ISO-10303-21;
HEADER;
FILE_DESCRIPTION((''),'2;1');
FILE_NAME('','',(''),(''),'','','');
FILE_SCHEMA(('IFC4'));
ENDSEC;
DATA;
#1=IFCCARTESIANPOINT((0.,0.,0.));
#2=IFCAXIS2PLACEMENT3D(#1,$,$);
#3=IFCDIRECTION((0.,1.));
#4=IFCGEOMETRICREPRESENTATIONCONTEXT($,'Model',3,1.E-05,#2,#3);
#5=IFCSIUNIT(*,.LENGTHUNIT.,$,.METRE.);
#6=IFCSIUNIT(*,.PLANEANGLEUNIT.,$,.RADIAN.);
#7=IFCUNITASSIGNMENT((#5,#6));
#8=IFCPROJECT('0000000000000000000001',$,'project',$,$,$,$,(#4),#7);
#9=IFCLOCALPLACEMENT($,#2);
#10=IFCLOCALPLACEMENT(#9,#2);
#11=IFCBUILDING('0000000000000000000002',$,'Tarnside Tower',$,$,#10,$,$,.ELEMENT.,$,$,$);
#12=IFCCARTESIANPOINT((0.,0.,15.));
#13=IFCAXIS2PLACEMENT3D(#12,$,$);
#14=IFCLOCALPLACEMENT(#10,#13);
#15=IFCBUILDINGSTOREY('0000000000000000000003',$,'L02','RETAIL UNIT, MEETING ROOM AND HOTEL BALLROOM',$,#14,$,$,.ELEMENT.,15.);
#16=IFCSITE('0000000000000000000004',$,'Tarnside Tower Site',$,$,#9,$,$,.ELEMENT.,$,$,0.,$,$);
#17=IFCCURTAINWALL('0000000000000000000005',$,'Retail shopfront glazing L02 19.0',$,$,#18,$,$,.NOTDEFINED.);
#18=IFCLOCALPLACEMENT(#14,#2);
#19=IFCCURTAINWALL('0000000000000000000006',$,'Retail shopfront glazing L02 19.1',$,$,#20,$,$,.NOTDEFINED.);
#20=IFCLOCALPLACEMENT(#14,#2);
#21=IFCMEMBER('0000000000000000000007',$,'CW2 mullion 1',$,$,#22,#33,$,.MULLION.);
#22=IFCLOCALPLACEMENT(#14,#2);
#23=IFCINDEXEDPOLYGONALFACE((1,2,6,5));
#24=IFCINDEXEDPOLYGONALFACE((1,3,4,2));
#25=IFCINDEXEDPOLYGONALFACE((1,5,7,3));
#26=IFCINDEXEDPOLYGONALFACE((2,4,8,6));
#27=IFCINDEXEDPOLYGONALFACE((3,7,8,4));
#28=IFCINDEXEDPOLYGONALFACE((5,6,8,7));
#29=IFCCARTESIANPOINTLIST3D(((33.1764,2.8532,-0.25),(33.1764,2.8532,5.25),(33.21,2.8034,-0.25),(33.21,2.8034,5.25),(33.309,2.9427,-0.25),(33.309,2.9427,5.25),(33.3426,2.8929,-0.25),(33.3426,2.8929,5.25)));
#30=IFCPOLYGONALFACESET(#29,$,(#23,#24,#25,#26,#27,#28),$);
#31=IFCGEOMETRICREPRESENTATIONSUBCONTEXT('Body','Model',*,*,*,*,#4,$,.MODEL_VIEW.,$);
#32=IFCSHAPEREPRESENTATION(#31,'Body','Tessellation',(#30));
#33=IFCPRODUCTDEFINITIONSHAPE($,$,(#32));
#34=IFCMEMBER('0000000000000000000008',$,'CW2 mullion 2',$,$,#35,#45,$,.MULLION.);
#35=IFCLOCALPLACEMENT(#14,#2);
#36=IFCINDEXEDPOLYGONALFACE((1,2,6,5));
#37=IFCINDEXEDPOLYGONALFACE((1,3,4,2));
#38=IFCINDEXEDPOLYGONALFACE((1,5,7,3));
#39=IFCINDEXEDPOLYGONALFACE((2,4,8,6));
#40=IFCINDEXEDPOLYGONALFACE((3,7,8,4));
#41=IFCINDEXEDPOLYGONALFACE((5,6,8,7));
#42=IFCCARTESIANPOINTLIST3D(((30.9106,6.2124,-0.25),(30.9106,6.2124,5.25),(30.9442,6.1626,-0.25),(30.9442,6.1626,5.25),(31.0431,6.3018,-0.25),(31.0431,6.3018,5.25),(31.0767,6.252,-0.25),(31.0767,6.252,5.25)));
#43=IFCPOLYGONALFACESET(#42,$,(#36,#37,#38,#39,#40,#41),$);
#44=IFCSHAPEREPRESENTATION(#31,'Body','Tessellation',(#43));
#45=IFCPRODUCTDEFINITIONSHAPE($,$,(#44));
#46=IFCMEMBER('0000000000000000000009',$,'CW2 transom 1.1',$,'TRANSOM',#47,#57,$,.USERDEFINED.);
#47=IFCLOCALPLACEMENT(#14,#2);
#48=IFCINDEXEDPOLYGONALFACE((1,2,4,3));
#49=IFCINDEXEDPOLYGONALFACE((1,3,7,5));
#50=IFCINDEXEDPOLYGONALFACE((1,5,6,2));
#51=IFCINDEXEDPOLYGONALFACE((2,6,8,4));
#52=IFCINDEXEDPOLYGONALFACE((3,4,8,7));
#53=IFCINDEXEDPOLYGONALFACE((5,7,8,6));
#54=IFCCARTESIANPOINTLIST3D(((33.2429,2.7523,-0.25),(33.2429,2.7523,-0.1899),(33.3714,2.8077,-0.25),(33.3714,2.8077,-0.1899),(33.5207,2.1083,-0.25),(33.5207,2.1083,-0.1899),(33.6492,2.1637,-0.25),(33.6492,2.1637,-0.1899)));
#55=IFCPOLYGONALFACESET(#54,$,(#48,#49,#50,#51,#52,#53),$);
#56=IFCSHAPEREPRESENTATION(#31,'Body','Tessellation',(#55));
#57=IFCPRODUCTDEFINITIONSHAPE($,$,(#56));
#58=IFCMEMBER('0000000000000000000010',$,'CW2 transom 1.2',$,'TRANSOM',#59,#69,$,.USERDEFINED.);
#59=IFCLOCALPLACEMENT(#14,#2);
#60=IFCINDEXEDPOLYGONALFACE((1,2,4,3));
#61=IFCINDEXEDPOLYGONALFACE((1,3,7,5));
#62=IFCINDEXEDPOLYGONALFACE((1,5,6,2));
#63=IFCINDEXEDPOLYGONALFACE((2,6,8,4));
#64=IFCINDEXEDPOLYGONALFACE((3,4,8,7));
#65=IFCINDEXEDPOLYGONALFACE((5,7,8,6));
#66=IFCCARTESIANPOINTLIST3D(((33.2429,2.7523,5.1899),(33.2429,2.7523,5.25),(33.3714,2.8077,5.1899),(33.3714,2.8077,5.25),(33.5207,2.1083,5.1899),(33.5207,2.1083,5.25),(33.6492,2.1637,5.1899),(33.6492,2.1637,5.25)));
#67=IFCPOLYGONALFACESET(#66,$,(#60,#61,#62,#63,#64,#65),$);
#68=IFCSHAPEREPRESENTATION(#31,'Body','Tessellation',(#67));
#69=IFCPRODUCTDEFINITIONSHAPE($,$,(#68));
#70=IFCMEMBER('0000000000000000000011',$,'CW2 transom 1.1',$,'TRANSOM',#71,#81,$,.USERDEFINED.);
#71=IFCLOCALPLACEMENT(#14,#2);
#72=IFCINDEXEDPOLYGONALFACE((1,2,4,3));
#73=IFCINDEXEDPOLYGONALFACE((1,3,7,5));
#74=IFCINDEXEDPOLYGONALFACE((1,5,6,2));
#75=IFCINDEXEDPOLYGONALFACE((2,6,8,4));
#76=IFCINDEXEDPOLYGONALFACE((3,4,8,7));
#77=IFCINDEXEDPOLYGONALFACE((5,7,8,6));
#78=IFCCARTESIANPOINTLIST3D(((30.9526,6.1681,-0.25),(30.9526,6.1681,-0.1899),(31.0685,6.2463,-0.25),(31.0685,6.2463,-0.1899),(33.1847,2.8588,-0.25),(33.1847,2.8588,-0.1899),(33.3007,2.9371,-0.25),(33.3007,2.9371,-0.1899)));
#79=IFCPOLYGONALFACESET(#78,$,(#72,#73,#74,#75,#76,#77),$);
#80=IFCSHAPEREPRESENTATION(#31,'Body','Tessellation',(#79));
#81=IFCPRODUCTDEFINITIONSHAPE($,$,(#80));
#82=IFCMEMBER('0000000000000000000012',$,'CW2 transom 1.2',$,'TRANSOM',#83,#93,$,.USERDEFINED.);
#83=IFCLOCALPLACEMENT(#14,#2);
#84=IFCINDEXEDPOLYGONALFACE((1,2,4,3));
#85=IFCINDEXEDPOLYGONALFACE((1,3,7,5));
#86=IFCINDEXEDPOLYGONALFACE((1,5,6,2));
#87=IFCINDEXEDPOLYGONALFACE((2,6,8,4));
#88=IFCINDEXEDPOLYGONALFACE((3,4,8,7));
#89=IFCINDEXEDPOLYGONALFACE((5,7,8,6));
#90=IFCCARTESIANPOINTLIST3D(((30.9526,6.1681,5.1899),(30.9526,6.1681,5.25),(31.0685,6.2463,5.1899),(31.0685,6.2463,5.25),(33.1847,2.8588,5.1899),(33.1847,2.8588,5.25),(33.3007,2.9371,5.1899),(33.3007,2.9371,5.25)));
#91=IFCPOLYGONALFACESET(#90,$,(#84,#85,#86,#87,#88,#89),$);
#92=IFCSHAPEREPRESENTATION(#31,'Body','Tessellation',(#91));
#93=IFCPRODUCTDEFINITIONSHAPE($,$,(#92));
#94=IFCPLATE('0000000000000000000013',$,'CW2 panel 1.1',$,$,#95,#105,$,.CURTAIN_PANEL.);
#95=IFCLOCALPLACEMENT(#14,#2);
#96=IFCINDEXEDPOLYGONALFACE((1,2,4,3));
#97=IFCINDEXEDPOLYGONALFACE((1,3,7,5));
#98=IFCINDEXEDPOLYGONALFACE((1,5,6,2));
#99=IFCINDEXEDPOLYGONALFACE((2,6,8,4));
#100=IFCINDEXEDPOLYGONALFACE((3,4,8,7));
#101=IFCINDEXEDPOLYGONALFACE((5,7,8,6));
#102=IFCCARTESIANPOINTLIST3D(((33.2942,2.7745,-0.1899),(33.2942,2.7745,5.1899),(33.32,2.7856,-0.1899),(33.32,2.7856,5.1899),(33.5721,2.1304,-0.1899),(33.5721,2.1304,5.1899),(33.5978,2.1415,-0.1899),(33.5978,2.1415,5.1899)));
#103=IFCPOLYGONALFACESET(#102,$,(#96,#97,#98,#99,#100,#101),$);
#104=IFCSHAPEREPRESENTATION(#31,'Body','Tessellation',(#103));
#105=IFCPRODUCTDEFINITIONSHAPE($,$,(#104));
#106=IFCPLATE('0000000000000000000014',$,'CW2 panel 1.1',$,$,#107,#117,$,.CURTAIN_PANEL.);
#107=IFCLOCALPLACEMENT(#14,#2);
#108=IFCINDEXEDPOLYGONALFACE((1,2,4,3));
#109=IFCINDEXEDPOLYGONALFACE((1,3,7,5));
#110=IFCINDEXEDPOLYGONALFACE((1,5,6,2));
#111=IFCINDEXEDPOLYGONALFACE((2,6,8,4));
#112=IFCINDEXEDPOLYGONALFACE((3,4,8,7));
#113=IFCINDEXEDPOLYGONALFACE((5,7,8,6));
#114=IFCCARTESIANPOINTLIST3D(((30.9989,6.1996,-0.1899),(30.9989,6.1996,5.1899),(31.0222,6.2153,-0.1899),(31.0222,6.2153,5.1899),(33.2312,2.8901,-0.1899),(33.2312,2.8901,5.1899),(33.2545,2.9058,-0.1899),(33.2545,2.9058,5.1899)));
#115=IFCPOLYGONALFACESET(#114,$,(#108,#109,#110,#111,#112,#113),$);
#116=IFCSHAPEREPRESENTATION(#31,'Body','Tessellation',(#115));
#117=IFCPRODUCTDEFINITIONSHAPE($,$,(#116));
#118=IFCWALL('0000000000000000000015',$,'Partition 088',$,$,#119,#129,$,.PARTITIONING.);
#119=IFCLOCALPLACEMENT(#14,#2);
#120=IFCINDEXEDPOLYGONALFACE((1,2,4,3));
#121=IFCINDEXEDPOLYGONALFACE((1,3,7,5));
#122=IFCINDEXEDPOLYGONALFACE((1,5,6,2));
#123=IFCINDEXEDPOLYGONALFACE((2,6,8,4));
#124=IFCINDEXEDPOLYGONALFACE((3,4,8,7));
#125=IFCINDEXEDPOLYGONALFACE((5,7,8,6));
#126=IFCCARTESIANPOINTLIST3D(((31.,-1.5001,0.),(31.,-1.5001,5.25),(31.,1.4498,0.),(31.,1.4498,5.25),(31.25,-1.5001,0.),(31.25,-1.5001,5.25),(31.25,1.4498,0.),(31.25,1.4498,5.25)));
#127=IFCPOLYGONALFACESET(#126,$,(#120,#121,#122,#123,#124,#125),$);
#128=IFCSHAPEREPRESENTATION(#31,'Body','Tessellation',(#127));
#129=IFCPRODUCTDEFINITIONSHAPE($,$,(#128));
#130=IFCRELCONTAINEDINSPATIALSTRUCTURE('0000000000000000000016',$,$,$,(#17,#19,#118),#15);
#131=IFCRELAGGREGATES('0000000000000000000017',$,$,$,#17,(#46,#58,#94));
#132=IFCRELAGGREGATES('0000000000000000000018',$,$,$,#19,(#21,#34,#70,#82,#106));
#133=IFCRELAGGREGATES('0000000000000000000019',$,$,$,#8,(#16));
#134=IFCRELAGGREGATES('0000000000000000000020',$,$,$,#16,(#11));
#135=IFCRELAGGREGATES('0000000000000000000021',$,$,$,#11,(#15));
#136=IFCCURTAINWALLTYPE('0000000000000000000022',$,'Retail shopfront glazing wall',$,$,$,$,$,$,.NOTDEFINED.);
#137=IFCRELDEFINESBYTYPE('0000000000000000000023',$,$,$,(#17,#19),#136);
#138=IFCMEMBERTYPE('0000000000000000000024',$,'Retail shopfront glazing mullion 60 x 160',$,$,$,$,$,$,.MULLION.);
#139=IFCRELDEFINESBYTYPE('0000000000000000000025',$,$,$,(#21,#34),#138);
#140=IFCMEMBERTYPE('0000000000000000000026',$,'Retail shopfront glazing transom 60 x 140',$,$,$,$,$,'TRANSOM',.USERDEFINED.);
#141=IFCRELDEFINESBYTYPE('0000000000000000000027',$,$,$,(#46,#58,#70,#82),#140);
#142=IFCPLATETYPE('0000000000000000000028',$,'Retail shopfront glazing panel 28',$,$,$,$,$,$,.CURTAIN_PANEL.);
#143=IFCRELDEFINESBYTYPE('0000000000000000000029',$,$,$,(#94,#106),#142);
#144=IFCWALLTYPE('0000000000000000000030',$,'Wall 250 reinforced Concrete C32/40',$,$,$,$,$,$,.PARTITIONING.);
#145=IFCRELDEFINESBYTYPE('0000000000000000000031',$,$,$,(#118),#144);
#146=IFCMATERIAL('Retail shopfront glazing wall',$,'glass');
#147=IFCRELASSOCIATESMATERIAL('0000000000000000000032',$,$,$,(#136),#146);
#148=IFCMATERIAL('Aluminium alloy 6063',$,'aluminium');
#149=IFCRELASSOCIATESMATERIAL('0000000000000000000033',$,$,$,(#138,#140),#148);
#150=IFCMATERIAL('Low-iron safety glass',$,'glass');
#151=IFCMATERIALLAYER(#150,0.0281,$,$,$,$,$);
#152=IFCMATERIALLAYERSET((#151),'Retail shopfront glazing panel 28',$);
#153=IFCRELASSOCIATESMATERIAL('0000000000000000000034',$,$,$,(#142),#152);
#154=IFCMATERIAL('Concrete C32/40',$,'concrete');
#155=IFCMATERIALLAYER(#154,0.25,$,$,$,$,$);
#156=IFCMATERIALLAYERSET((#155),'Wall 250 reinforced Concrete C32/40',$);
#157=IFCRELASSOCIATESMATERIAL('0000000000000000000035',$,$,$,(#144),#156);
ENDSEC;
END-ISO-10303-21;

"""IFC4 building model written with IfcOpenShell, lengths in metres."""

from ifc_helpers import new_model, si_unit, direction, frame, frame_2d, origin, origin_2d, place, context, subcontext, project, spatial, rectangle, extrude, material, layer, layer_set, material_profile, profile_set, type_object, element, aggregate, save


model = new_model("IFC4")

# Units and contexts
model_context = context("Model", 3, precision=1e-05, world=origin(), true_north=direction((0.0, 1.0)))
body_context = subcontext(model_context, "Body", "Model", "MODEL_VIEW")
ifc_project = project(units=[si_unit("LENGTHUNIT", "METRE"), si_unit("PLANEANGLEUNIT", "RADIAN")], contexts=[model_context])

# Site, building, storey
site_placement = place(None, origin())
site = spatial("IfcSite", under=ifc_project, at=site_placement, Name="Tarnside Tower Site", CompositionType="ELEMENT", RefElevation=0.0)
building_placement = place(site_placement, origin())
building = spatial("IfcBuilding", under=site, at=building_placement, Name="Tarnside Tower", CompositionType="ELEMENT")
storey_placement = place(building_placement, frame((0.0, 0.0, 15.0)))
storey = spatial("IfcBuildingStorey", under=building, at=storey_placement, Name="L02", Description="RETAIL UNIT, MEETING ROOM AND HOTEL BALLROOM", CompositionType="ELEMENT", Elevation=15.0)

# Shared definitions
ifc_material_1 = material(Name="Retail shopfront glazing wall", Category="glass")
curtain_wall_type = type_object("IfcCurtainWallType", Name="Retail shopfront glazing wall", PredefinedType="NOTDEFINED", material=ifc_material_1)
ifc_material_2 = material(Name="Aluminium alloy 6063", Category="aluminium")
ifc_material_profile_1 = material_profile(ifc_material_2, rectangle(XDim=0.1599, YDim=0.0601, at=origin_2d()), Name="Retail shopfront glazing mullion 60 x 160")
ifc_profile_set_1 = profile_set([ifc_material_profile_1], Name="Aluminium alloy 6063")
member_type_1 = type_object("IfcMemberType", Name="Retail shopfront glazing mullion 60 x 160", PredefinedType="MULLION", material=ifc_profile_set_1)

# Curtain walls, members
curtain_wall_1_placement = place(storey_placement, origin())
curtain_wall_1 = element("IfcCurtainWall", 1, at=curtain_wall_1_placement, inside=storey, type_object=curtain_wall_type, Name="Retail shopfront glazing L02 19.0", PredefinedType="NOTDEFINED")
curtain_wall_2_placement = place(storey_placement, origin())
curtain_wall_2 = element("IfcCurtainWall", 2, at=curtain_wall_2_placement, inside=storey, type_object=curtain_wall_type, Name="Retail shopfront glazing L02 19.1", PredefinedType="NOTDEFINED")
member_1_placement = place(storey_placement, frame((33.2595, 2.873, -0.25), z_axis=(0.0, 0.0, 1.0), x_axis=(-0.829038, -0.559193, 0.0)))
member_1 = element("IfcMember", 3, at=member_1_placement, type_object=member_type_1, Name="CW2 mullion 1", PredefinedType="MULLION", context=body_context, shape_type="SweptSolid", body=[
    extrude(rectangle(XDim=0.1599, YDim=0.0601, at=origin_2d()), origin(), (0.0, 0.0, 1.0), 5.5),
])
member_2_placement = place(storey_placement, frame((30.9937, 6.2322, -0.25), z_axis=(0.0, 0.0, 1.0), x_axis=(-0.829038, -0.559193, 0.0)))
member_2 = element("IfcMember", 4, at=member_2_placement, type_object=member_type_1, Name="CW2 mullion 2", PredefinedType="MULLION", context=body_context, shape_type="SweptSolid", body=[
    extrude(rectangle(XDim=0.1599, YDim=0.0601, at=origin_2d()), origin(), (0.0, 0.0, 1.0), 5.5),
])

# Members
ifc_material_profile_2 = material_profile(ifc_material_2, rectangle(XDim=0.1399, YDim=0.0601, at=origin_2d()), Name="Retail shopfront glazing transom 60 x 140")
ifc_profile_set_2 = profile_set([ifc_material_profile_2], Name="Aluminium alloy 6063")
member_type_2 = type_object("IfcMemberType", Name="Retail shopfront glazing transom 60 x 140", ElementType="TRANSOM", PredefinedType="USERDEFINED", material=ifc_profile_set_2)
member_3_placement = place(storey_placement, frame((33.585, 2.136, -0.22), z_axis=(-0.396103, 0.918206, 0.0), x_axis=(-0.918206, -0.396103, 0.0)))
member_3 = element("IfcMember", 5, at=member_3_placement, type_object=member_type_2, Name="CW2 transom 1.1", ObjectType="TRANSOM", PredefinedType="USERDEFINED", context=body_context, shape_type="SweptSolid", body=[
    extrude(rectangle(XDim=0.1399, YDim=0.0601, at=origin_2d()), origin(), (0.0, 0.0, 1.0), 0.7014),
])
member_4_placement = place(storey_placement, frame((33.585, 2.136, 5.22), z_axis=(-0.396103, 0.918206, 0.0), x_axis=(-0.918206, -0.396103, 0.0)))
member_4 = element("IfcMember", 6, at=member_4_placement, type_object=member_type_2, Name="CW2 transom 1.2", ObjectType="TRANSOM", PredefinedType="USERDEFINED", context=body_context, shape_type="SweptSolid", body=[
    extrude(rectangle(XDim=0.1399, YDim=0.0601, at=origin_2d()), origin(), (0.0, 0.0, 1.0), 0.7014),
])
member_5_placement = place(storey_placement, frame((33.2427, 2.8979, -0.22), z_axis=(-0.559194, 0.829037, 0.0), x_axis=(-0.829037, -0.559194, 0.0)))
member_5 = element("IfcMember", 7, at=member_5_placement, type_object=member_type_2, Name="CW2 transom 1.1", ObjectType="TRANSOM", PredefinedType="USERDEFINED", context=body_context, shape_type="SweptSolid", body=[
    extrude(rectangle(XDim=0.1399, YDim=0.0601, at=origin_2d()), origin(), (0.0, 0.0, 1.0), 3.9917),
])
member_6_placement = place(storey_placement, frame((33.2427, 2.8979, 5.22), z_axis=(-0.559194, 0.829037, 0.0), x_axis=(-0.829037, -0.559194, 0.0)))
member_6 = element("IfcMember", 8, at=member_6_placement, type_object=member_type_2, Name="CW2 transom 1.2", ObjectType="TRANSOM", PredefinedType="USERDEFINED", context=body_context, shape_type="SweptSolid", body=[
    extrude(rectangle(XDim=0.1399, YDim=0.0601, at=origin_2d()), origin(), (0.0, 0.0, 1.0), 3.9917),
])

# Plates
ifc_material_3 = material(Name="Low-iron safety glass", Category="glass")
ifc_layer_1 = layer(ifc_material_3, 0.0281)
ifc_layer_set_1 = layer_set([ifc_layer_1], Name="Retail shopfront glazing panel 28")
plate_type = type_object("IfcPlateType", Name="Retail shopfront glazing panel 28", PredefinedType="CURTAIN_PANEL", material=ifc_layer_set_1)
plate_1_placement = place(storey_placement, frame((33.446, 2.458, -0.1899), z_axis=(0.0, 0.0, 1.0), x_axis=(-0.39608, 0.918216, 0.0)))
plate_1 = element("IfcPlate", 9, at=plate_1_placement, type_object=plate_type, Name="CW2 panel 1.1", PredefinedType="CURTAIN_PANEL", context=body_context, shape_type="SweptSolid", body=[
    extrude(rectangle(XDim=0.7014, YDim=0.0281, at=origin_2d()), origin(), (0.0, 0.0, 1.0), 5.3799),
])
aggregate(curtain_wall_1, [member_3, member_4, plate_1])
plate_2_placement = place(storey_placement, frame((32.1267, 4.5527, -0.1899), z_axis=(0.0, 0.0, 1.0), x_axis=(-0.559193, 0.829038, 0.0)))
plate_2 = element("IfcPlate", 10, at=plate_2_placement, type_object=plate_type, Name="CW2 panel 1.1", PredefinedType="CURTAIN_PANEL", context=body_context, shape_type="SweptSolid", body=[
    extrude(rectangle(XDim=3.9919, YDim=0.0281, at=origin_2d()), origin(), (0.0, 0.0, 1.0), 5.3799),
])
aggregate(curtain_wall_2, [member_1, member_2, member_5, member_6, plate_2])

# Wall
ifc_material_4 = material(Name="Concrete C32/40", Category="concrete")
ifc_layer_2 = layer(ifc_material_4, 0.25)
ifc_layer_set_2 = layer_set([ifc_layer_2], Name="Wall 250 reinforced Concrete C32/40")
wall_type = type_object("IfcWallType", Name="Wall 250 reinforced Concrete C32/40", PredefinedType="PARTITIONING", material=ifc_layer_set_2)
wall_placement = place(storey_placement, frame((31.125, 1.45, 0.0), z_axis=(0.0, 0.0, 1.0), x_axis=(0.0, -1.0, 0.0)))
element("IfcWall", 11, at=wall_placement, inside=storey, type_object=wall_type, Name="Partition 088", PredefinedType="PARTITIONING", context=body_context, shape_type="SweptSolid", body=[
    extrude(rectangle(XDim=2.95, YDim=0.25, at=frame_2d((1.4751, 0.0))), origin(), (0.0, 0.0, 1.0), 5.25),
])

save(model, "model.ifc")
